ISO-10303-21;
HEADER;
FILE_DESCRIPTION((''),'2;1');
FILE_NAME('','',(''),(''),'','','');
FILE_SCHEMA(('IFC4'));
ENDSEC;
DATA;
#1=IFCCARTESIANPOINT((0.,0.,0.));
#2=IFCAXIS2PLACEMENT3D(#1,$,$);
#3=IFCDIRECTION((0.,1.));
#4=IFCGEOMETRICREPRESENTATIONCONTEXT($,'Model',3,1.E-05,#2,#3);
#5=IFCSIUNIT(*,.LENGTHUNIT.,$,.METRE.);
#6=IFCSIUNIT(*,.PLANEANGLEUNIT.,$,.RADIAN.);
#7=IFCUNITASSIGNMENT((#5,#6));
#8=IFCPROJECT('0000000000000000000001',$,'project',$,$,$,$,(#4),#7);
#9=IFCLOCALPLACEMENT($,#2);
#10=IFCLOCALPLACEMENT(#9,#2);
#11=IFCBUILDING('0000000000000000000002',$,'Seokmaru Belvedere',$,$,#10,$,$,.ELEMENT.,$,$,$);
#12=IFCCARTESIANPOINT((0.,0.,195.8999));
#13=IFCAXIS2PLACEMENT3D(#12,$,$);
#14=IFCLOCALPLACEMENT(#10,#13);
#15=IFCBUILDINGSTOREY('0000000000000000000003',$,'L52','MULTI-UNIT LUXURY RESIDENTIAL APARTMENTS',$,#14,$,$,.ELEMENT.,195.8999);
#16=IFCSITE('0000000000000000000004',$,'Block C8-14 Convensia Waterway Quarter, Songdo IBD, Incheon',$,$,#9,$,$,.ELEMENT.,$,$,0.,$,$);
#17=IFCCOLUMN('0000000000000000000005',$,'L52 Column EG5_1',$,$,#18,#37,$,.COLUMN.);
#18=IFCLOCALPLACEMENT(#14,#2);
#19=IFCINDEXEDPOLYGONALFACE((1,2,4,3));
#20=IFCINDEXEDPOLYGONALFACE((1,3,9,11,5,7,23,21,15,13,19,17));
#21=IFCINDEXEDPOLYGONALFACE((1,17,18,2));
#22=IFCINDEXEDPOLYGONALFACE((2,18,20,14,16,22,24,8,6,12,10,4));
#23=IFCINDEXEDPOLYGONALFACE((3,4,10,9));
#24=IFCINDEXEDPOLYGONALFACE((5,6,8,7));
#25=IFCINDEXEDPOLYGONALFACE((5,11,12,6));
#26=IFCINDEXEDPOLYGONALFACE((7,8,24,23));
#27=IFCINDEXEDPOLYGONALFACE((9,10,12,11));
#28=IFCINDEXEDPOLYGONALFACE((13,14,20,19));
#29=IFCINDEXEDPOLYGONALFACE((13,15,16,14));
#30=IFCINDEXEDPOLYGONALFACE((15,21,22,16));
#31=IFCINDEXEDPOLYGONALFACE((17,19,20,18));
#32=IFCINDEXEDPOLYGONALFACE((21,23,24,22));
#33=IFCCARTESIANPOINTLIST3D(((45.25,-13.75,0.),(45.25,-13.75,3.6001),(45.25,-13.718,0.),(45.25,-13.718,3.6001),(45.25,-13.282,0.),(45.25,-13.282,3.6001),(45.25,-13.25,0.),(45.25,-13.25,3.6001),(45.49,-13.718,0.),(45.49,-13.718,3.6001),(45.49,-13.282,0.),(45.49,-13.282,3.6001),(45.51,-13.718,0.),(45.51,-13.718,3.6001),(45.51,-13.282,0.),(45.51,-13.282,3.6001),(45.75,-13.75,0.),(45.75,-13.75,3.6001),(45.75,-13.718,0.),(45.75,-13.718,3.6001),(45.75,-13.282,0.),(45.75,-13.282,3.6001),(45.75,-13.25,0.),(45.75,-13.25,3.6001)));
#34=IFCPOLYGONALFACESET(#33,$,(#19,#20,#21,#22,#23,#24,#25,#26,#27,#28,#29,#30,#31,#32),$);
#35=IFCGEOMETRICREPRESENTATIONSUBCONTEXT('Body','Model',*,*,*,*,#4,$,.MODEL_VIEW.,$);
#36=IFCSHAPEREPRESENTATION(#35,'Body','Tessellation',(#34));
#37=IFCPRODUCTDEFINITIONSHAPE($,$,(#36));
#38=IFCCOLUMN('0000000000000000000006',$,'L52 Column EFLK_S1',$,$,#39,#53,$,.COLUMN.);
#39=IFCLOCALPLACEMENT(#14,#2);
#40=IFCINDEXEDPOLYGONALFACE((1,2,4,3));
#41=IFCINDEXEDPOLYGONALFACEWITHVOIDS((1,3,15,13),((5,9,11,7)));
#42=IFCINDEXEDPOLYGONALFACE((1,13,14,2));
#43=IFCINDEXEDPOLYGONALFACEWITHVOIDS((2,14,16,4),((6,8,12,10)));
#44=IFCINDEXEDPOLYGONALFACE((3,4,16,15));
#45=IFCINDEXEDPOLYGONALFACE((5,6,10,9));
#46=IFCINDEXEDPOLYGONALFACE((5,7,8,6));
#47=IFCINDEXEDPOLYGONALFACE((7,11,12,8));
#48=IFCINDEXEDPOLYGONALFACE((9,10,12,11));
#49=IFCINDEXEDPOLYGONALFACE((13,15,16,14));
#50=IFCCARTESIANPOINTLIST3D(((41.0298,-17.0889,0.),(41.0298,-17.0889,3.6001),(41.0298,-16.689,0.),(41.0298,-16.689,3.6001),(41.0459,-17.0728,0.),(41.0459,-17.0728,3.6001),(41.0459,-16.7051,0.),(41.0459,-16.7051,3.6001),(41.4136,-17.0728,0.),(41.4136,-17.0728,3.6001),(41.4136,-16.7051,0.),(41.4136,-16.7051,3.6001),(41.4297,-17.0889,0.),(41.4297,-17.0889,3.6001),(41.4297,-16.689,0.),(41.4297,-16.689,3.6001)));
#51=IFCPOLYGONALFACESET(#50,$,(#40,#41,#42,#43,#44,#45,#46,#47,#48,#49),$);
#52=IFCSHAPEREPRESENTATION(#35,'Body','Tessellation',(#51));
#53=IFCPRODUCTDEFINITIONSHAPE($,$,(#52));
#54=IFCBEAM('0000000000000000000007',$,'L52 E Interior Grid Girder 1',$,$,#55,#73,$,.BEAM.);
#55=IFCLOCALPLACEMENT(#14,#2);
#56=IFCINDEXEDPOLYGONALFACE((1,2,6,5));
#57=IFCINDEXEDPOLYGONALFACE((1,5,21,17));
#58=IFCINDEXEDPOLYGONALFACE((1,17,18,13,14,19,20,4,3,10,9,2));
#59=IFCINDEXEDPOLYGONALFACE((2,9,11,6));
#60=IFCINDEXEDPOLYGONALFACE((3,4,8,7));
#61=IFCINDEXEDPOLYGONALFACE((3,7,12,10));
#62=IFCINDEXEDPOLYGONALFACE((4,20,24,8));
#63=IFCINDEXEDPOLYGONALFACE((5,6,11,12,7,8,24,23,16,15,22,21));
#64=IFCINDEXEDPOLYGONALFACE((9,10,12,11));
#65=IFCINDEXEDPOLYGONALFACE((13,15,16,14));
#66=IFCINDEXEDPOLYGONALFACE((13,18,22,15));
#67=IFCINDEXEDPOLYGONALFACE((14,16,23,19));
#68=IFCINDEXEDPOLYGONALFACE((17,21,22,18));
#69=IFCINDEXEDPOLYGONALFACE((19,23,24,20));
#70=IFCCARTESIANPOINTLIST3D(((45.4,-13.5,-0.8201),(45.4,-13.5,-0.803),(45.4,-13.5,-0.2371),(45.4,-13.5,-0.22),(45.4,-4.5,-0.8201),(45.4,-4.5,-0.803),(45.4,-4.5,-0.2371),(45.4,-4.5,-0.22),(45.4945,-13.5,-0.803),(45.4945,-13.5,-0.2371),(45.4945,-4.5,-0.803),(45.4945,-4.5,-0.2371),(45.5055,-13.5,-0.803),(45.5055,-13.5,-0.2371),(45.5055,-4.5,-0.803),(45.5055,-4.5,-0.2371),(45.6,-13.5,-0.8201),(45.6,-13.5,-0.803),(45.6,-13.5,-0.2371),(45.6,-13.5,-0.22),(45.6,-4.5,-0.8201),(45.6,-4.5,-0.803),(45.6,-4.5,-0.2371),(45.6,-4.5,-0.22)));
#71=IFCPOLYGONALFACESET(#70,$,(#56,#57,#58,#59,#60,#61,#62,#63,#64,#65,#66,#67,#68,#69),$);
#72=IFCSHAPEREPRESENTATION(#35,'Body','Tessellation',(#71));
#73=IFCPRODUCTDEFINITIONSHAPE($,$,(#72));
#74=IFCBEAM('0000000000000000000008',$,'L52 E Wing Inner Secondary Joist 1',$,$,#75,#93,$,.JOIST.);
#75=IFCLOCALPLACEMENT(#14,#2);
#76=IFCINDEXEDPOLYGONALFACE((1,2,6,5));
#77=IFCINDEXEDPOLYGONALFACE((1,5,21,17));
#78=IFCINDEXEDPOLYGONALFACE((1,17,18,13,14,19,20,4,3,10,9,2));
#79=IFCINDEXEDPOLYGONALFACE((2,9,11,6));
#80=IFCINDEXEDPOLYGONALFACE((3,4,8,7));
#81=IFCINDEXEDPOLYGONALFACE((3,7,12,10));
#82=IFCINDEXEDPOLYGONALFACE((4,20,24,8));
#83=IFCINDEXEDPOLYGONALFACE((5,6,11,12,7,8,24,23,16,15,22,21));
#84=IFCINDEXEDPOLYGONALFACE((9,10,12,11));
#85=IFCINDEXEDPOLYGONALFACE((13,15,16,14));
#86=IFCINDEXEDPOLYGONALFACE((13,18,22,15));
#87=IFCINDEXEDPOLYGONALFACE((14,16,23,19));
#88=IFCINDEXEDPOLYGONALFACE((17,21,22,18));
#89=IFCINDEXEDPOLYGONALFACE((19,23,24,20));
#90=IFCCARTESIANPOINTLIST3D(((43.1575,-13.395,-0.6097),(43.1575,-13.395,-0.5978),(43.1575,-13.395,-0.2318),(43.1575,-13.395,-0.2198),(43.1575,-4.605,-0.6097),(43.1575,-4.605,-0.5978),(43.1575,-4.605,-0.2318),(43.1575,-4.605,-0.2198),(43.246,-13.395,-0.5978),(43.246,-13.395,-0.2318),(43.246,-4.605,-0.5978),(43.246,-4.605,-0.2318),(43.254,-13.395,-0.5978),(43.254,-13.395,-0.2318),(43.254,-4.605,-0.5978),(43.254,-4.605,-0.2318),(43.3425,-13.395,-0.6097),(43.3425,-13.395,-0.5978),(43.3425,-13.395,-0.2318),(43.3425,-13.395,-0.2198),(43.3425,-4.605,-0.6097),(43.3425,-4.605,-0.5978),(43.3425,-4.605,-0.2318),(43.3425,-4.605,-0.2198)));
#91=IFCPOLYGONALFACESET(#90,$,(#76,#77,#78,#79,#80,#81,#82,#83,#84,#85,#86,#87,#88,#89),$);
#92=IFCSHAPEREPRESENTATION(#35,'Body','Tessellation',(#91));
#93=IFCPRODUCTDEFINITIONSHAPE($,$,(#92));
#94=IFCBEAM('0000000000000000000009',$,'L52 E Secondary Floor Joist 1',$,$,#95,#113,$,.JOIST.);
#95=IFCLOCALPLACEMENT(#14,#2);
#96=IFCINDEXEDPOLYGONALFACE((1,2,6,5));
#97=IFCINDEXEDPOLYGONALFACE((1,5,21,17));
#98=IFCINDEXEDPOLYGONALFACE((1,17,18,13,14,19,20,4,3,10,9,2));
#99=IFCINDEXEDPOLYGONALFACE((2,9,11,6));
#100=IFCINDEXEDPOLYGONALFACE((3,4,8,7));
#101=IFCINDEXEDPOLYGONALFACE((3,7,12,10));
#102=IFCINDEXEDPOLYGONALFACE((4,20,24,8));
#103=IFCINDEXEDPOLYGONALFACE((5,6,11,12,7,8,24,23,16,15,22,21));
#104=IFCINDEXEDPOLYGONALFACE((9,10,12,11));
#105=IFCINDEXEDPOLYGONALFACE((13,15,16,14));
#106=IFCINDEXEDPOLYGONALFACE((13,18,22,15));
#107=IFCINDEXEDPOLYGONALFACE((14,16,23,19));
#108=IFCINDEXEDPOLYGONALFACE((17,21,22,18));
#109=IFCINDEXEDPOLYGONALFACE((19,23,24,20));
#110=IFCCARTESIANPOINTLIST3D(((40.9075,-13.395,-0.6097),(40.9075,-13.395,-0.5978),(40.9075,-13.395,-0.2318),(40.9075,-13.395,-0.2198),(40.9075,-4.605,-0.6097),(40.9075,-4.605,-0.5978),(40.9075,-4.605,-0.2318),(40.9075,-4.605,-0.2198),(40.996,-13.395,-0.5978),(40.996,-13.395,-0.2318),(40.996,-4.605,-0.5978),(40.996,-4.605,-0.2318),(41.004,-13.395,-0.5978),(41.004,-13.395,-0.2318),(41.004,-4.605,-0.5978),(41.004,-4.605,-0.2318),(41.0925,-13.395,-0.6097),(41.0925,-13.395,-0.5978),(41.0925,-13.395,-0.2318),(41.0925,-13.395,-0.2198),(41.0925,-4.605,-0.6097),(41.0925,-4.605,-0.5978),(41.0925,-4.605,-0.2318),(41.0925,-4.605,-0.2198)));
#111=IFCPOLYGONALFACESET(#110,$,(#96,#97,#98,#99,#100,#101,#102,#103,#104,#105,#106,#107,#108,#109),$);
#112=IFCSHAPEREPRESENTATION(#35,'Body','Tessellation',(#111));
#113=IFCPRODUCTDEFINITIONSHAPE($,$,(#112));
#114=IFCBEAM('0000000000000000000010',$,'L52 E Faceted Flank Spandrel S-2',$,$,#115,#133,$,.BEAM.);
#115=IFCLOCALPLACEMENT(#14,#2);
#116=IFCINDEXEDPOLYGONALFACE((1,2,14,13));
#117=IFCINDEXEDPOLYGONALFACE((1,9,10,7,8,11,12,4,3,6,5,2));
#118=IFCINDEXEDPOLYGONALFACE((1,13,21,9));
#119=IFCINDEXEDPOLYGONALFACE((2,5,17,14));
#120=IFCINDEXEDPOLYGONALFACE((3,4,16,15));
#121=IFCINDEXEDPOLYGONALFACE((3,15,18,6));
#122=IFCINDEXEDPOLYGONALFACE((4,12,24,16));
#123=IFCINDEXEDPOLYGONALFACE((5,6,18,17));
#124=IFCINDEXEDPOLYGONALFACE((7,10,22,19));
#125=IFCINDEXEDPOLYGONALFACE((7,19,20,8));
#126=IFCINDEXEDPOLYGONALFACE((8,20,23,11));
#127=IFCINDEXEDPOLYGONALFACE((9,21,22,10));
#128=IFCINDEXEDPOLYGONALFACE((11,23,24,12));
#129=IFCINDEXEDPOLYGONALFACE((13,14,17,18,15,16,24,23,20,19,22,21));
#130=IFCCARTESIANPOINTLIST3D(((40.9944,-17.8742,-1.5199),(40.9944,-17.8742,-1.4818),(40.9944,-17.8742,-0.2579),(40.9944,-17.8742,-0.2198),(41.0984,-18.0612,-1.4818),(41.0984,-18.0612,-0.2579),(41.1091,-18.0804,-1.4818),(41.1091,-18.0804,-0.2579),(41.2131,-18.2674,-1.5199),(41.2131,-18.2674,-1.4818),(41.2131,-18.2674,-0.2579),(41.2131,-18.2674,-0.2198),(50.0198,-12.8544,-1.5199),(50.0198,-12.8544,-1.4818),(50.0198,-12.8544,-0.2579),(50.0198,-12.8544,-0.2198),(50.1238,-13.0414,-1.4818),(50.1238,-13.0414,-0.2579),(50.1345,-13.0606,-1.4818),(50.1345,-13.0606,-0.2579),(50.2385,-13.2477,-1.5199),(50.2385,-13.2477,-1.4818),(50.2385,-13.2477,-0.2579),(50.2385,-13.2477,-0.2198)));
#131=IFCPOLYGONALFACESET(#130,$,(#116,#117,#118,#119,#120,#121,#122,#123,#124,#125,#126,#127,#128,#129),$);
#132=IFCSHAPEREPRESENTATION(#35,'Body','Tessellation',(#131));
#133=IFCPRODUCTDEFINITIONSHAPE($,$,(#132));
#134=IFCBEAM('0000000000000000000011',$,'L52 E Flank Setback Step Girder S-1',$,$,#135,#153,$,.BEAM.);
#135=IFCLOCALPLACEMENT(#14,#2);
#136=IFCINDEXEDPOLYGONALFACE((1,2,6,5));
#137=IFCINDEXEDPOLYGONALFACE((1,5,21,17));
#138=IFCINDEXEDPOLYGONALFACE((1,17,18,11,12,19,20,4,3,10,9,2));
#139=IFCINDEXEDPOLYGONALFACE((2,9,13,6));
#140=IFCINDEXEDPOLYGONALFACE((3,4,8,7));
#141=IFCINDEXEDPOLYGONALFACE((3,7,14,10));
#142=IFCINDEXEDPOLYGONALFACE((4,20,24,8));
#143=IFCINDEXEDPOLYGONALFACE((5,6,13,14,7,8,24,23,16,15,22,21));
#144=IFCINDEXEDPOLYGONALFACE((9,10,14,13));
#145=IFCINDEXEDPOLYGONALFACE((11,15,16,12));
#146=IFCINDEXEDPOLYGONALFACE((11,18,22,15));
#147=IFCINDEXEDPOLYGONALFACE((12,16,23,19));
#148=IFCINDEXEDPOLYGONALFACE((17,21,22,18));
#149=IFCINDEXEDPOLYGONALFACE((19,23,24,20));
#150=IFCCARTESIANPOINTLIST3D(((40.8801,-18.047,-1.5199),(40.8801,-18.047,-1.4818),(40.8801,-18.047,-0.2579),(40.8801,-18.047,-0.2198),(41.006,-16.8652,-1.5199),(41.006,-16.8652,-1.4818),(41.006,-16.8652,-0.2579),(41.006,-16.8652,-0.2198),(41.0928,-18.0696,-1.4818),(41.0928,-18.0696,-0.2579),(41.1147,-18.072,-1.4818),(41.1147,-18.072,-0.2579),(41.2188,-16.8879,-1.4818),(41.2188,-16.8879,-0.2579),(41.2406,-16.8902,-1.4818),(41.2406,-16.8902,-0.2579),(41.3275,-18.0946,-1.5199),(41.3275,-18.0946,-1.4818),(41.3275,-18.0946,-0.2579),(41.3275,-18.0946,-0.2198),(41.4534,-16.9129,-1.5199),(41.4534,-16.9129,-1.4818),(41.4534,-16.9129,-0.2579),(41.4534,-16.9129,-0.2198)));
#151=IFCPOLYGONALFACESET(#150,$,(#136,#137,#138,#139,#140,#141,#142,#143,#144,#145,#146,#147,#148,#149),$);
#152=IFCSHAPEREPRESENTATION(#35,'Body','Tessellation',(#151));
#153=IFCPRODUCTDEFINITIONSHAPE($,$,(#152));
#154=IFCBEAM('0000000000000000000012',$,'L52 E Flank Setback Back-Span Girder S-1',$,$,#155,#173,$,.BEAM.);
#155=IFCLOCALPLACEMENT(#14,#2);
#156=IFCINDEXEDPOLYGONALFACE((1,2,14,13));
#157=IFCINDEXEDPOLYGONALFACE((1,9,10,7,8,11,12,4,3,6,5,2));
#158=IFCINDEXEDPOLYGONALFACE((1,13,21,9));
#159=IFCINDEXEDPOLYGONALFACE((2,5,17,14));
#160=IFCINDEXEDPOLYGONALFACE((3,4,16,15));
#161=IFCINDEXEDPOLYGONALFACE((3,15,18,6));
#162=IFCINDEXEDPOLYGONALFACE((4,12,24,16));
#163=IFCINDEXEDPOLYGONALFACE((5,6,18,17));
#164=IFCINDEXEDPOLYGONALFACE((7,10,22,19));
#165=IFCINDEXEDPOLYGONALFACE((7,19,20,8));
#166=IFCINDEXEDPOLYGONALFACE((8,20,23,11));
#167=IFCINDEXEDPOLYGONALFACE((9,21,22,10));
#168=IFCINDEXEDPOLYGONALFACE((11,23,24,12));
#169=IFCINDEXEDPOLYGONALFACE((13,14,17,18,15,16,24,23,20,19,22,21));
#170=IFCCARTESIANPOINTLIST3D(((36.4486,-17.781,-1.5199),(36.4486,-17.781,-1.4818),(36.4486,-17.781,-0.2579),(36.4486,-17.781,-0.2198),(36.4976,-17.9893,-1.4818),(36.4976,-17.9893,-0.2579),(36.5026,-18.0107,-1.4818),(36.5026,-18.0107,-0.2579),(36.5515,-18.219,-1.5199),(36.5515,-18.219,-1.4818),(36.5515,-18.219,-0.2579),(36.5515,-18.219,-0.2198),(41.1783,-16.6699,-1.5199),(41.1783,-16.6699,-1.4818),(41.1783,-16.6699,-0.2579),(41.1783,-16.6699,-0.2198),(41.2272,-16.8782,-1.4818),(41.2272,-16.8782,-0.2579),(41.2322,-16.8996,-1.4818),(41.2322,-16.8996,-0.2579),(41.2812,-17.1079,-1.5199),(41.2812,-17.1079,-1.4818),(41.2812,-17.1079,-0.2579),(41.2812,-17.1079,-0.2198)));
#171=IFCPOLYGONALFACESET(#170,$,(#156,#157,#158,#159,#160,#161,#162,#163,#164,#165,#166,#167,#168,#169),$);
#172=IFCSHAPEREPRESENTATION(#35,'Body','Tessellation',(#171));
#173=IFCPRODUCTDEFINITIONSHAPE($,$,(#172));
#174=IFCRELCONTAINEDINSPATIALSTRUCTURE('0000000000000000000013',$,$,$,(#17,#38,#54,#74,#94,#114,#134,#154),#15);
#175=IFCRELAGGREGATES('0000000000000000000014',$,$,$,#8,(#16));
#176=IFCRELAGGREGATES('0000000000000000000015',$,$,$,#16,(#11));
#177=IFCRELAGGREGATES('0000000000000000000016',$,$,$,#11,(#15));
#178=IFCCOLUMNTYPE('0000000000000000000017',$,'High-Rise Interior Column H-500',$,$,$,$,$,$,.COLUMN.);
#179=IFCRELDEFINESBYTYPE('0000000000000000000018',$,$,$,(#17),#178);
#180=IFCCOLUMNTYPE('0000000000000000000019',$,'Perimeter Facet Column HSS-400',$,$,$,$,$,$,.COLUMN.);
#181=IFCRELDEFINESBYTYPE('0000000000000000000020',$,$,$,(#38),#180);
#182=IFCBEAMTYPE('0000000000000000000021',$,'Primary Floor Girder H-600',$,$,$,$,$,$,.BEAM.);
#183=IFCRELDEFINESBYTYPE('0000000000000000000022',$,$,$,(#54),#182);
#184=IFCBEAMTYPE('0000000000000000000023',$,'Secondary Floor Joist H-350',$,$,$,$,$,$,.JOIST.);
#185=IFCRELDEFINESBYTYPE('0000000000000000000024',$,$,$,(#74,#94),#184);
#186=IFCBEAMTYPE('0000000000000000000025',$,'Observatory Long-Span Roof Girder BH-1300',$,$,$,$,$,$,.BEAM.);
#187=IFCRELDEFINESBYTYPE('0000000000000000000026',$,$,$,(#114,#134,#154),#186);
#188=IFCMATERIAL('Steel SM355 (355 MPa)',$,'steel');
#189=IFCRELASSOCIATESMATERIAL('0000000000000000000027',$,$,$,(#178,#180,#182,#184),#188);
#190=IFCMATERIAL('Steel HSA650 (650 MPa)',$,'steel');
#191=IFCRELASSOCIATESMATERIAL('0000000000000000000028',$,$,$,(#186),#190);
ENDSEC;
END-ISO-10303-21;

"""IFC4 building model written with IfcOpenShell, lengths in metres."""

from ifc_helpers import new_model, si_unit, direction, frame, origin, origin_2d, place, context, subcontext, project, spatial, hollow_rectangle, i_section, extrude, source, transform, mapped, material, material_profile, profile_set, type_object, type_shapes, element, save


model = new_model("IFC4")

# Units and contexts
model_context = context("Model", 3, precision=1e-05, world=origin(), true_north=direction((0.0, 1.0)))
body_context = subcontext(model_context, "Body", "Model", "MODEL_VIEW")
ifc_project = project(units=[si_unit("LENGTHUNIT", "METRE"), si_unit("PLANEANGLEUNIT", "RADIAN")], contexts=[model_context])

# Site, building, storey
site_placement = place(None, origin())
site = spatial("IfcSite", under=ifc_project, at=site_placement, Name="Block C8-14 Convensia Waterway Quarter, Songdo IBD, Incheon", CompositionType="ELEMENT", RefElevation=0.0)
building_placement = place(site_placement, origin())
building = spatial("IfcBuilding", under=site, at=building_placement, Name="Seokmaru Belvedere", CompositionType="ELEMENT")
storey_placement = place(building_placement, frame((0.0, 0.0, 195.8999)))
storey = spatial("IfcBuildingStorey", under=building, at=storey_placement, Name="L52", Description="MULTI-UNIT LUXURY RESIDENTIAL APARTMENTS", CompositionType="ELEMENT", Elevation=195.8999)

# Columns
ifc_material_1 = material(Name="Steel SM355 (355 MPa)", Category="steel")
ifc_material_profile_1 = material_profile(ifc_material_1, i_section(OverallWidth=0.5, OverallDepth=0.5, WebThickness=0.02, FlangeThickness=0.032, at=origin_2d()), Name="H-500x500x20x32")
ifc_profile_set_1 = profile_set([ifc_material_profile_1], Name="Steel SM355 (355 MPa)")
column_type_1 = type_object("IfcColumnType", Name="High-Rise Interior Column H-500", PredefinedType="COLUMN", material=ifc_profile_set_1)
shared_shape_1 = source(origin(), body_context, "Body", "SweptSolid", [
    extrude(i_section(OverallWidth=0.5, OverallDepth=0.5, WebThickness=0.02, FlangeThickness=0.032, at=origin_2d()), origin(), (0.0, 0.0, 1.0), 3.6001),
])
type_shapes(column_type_1, [shared_shape_1])
column_1_placement = place(storey_placement, frame((45.5, -13.5, 0.0), z_axis=(0.0, 0.0, 1.0), x_axis=(1.0, 0.0, 0.0)))
element("IfcColumn", 1, at=column_1_placement, inside=storey, type_object=column_type_1, Name="L52 Column EG5_1", PredefinedType="COLUMN", context=body_context, shape_type="MappedRepresentation", body=[
    mapped(shared_shape_1, transform((0.0, 0.0, 0.0), scale=1.0)),
])
ifc_material_profile_2 = material_profile(ifc_material_1, hollow_rectangle(XDim=0.3999, YDim=0.3999, WallThickness=0.0161, at=origin_2d()), Name="HSS-400x400x16")
ifc_profile_set_2 = profile_set([ifc_material_profile_2], Name="Steel SM355 (355 MPa)")
column_type_2 = type_object("IfcColumnType", Name="Perimeter Facet Column HSS-400", PredefinedType="COLUMN", material=ifc_profile_set_2)
shared_shape_2 = source(origin(), body_context, "Body", "SweptSolid", [
    extrude(hollow_rectangle(XDim=0.3999, YDim=0.3999, WallThickness=0.0161, at=origin_2d()), origin(), (0.0, 0.0, 1.0), 3.6001),
])
type_shapes(column_type_2, [shared_shape_2])
column_2_placement = place(storey_placement, frame((41.2297, -16.8889, 0.0), z_axis=(0.0, 0.0, 1.0), x_axis=(1.0, 0.0, 0.0)))
element("IfcColumn", 2, at=column_2_placement, inside=storey, type_object=column_type_2, Name="L52 Column EFLK_S1", PredefinedType="COLUMN", context=body_context, shape_type="MappedRepresentation", body=[
    mapped(shared_shape_2, transform((0.0, 0.0, 0.0), scale=1.0)),
])

# Beams
ifc_material_profile_3 = material_profile(ifc_material_1, i_section(OverallWidth=0.2, OverallDepth=0.6001, WebThickness=0.011, FlangeThickness=0.0171, at=origin_2d()), Name="H-600x200x11x17")
ifc_profile_set_3 = profile_set([ifc_material_profile_3], Name="Steel SM355 (355 MPa)")
beam_type_1 = type_object("IfcBeamType", Name="Primary Floor Girder H-600", PredefinedType="BEAM", material=ifc_profile_set_3)
shared_shape_3 = source(origin(), body_context, "Body", "SweptSolid", [
    extrude(i_section(OverallWidth=0.2, OverallDepth=0.6001, WebThickness=0.011, FlangeThickness=0.0171, at=origin_2d()), origin(), (0.0, 0.0, 1.0), 9.0),
])
type_shapes(beam_type_1, [shared_shape_3])
beam_1_placement = place(storey_placement, frame((45.5, -13.5, -0.52), z_axis=(0.0, 1.0, 0.0), x_axis=(-1.0, 0.0, 0.0)))
element("IfcBeam", 3, at=beam_1_placement, inside=storey, type_object=beam_type_1, Name="L52 E Interior Grid Girder 1", PredefinedType="BEAM", context=body_context, shape_type="MappedRepresentation", body=[
    mapped(shared_shape_3, transform((0.0, 0.0, 0.0), scale=1.0)),
])
ifc_material_profile_4 = material_profile(ifc_material_1, i_section(OverallWidth=0.1851, OverallDepth=0.3899, WebThickness=0.0081, FlangeThickness=0.012, at=origin_2d()), Name="H-390x185x8x12")
ifc_profile_set_4 = profile_set([ifc_material_profile_4], Name="Steel SM355 (355 MPa)")
beam_type_2 = type_object("IfcBeamType", Name="Secondary Floor Joist H-350", PredefinedType="JOIST", material=ifc_profile_set_4)
shared_shape_4 = source(origin(), body_context, "Body", "SweptSolid", [
    extrude(i_section(OverallWidth=0.1851, OverallDepth=0.3899, WebThickness=0.0081, FlangeThickness=0.012, at=origin_2d()), origin(), (0.0, 0.0, 1.0), 8.79),
])
type_shapes(beam_type_2, [shared_shape_4])
for number, where, z_axis, x_axis, name in (
    (4, (43.25, -13.395, -0.4148), (0.0, 1.0, 0.0), (-1.0, 0.0, 0.0), "L52 E Wing Inner Secondary Joist 1"),
    (5, (41.0, -13.395, -0.4148), (0.0, 1.0, 0.0), (-1.0, 0.0, 0.0), "L52 E Secondary Floor Joist 1"),
):
    element("IfcBeam", number, at=place(storey_placement, frame(where, z_axis=z_axis, x_axis=x_axis)), inside=storey, type_object=beam_type_2, Name=name, PredefinedType="JOIST", context=body_context, shape_type="MappedRepresentation", body=[
        mapped(shared_shape_4, transform((0.0, 0.0, 0.0), scale=1.0)),
    ])
ifc_material_2 = material(Name="Steel HSA650 (650 MPa)", Category="steel")
ifc_material_profile_5 = material_profile(ifc_material_2, i_section(OverallWidth=0.45, OverallDepth=1.3, WebThickness=0.022, FlangeThickness=0.0381, at=origin_2d()), Name="BH-1300x450x22x38")
ifc_profile_set_5 = profile_set([ifc_material_profile_5], Name="Steel HSA650 (650 MPa)")
beam_type_3 = type_object("IfcBeamType", Name="Observatory Long-Span Roof Girder BH-1300", PredefinedType="BEAM", material=ifc_profile_set_5)
shared_shape_5 = source(origin(), body_context, "Body", "SweptSolid", [
    extrude(i_section(OverallWidth=0.45, OverallDepth=1.3, WebThickness=0.022, FlangeThickness=0.0381, at=origin_2d()), origin(), (0.0, 0.0, 1.0), 10.3274),
])
beam_2_placement = place(storey_placement, frame((41.1038, -18.0708, -0.8699), z_axis=(0.873924, 0.486062, 0.0), x_axis=(-0.486062, 0.873924, 0.0)))
element("IfcBeam", 6, at=beam_2_placement, inside=storey, type_object=beam_type_3, Name="L52 E Faceted Flank Spandrel S-2", PredefinedType="BEAM", context=body_context, shape_type="MappedRepresentation", body=[
    mapped(shared_shape_5, transform((0.0, 0.0, 0.0), scale=1.0)),
])
shared_shape_6 = source(origin(), body_context, "Body", "SweptSolid", [
    extrude(i_section(OverallWidth=0.45, OverallDepth=1.3, WebThickness=0.022, FlangeThickness=0.0381, at=origin_2d()), origin(), (0.0, 0.0, 1.0), 1.1885),
])
beam_3_placement = place(storey_placement, frame((41.1038, -18.0708, -0.8699), z_axis=(0.105989, 0.994367, 0.0), x_axis=(-0.994367, 0.105989, 0.0)))
element("IfcBeam", 7, at=beam_3_placement, inside=storey, type_object=beam_type_3, Name="L52 E Flank Setback Step Girder S-1", PredefinedType="BEAM", context=body_context, shape_type="MappedRepresentation", body=[
    mapped(shared_shape_6, transform((0.0, 0.0, 0.0), scale=1.0)),
])
shared_shape_7 = source(origin(), body_context, "Body", "SweptSolid", [
    extrude(i_section(OverallWidth=0.45, OverallDepth=1.3, WebThickness=0.022, FlangeThickness=0.0381, at=origin_2d()), origin(), (0.0, 0.0, 1.0), 4.8584),
])
type_shapes(beam_type_3, [shared_shape_5, shared_shape_6, shared_shape_7])
beam_4_placement = place(storey_placement, frame((41.2297, -16.8889, -0.8699), z_axis=(-0.973499, -0.228689, 0.0), x_axis=(0.228689, -0.973499, 0.0)))
element("IfcBeam", 8, at=beam_4_placement, inside=storey, type_object=beam_type_3, Name="L52 E Flank Setback Back-Span Girder S-1", PredefinedType="BEAM", context=body_context, shape_type="MappedRepresentation", body=[
    mapped(shared_shape_7, transform((0.0, 0.0, 0.0), scale=1.0)),
])

save(model, "model.ifc")
